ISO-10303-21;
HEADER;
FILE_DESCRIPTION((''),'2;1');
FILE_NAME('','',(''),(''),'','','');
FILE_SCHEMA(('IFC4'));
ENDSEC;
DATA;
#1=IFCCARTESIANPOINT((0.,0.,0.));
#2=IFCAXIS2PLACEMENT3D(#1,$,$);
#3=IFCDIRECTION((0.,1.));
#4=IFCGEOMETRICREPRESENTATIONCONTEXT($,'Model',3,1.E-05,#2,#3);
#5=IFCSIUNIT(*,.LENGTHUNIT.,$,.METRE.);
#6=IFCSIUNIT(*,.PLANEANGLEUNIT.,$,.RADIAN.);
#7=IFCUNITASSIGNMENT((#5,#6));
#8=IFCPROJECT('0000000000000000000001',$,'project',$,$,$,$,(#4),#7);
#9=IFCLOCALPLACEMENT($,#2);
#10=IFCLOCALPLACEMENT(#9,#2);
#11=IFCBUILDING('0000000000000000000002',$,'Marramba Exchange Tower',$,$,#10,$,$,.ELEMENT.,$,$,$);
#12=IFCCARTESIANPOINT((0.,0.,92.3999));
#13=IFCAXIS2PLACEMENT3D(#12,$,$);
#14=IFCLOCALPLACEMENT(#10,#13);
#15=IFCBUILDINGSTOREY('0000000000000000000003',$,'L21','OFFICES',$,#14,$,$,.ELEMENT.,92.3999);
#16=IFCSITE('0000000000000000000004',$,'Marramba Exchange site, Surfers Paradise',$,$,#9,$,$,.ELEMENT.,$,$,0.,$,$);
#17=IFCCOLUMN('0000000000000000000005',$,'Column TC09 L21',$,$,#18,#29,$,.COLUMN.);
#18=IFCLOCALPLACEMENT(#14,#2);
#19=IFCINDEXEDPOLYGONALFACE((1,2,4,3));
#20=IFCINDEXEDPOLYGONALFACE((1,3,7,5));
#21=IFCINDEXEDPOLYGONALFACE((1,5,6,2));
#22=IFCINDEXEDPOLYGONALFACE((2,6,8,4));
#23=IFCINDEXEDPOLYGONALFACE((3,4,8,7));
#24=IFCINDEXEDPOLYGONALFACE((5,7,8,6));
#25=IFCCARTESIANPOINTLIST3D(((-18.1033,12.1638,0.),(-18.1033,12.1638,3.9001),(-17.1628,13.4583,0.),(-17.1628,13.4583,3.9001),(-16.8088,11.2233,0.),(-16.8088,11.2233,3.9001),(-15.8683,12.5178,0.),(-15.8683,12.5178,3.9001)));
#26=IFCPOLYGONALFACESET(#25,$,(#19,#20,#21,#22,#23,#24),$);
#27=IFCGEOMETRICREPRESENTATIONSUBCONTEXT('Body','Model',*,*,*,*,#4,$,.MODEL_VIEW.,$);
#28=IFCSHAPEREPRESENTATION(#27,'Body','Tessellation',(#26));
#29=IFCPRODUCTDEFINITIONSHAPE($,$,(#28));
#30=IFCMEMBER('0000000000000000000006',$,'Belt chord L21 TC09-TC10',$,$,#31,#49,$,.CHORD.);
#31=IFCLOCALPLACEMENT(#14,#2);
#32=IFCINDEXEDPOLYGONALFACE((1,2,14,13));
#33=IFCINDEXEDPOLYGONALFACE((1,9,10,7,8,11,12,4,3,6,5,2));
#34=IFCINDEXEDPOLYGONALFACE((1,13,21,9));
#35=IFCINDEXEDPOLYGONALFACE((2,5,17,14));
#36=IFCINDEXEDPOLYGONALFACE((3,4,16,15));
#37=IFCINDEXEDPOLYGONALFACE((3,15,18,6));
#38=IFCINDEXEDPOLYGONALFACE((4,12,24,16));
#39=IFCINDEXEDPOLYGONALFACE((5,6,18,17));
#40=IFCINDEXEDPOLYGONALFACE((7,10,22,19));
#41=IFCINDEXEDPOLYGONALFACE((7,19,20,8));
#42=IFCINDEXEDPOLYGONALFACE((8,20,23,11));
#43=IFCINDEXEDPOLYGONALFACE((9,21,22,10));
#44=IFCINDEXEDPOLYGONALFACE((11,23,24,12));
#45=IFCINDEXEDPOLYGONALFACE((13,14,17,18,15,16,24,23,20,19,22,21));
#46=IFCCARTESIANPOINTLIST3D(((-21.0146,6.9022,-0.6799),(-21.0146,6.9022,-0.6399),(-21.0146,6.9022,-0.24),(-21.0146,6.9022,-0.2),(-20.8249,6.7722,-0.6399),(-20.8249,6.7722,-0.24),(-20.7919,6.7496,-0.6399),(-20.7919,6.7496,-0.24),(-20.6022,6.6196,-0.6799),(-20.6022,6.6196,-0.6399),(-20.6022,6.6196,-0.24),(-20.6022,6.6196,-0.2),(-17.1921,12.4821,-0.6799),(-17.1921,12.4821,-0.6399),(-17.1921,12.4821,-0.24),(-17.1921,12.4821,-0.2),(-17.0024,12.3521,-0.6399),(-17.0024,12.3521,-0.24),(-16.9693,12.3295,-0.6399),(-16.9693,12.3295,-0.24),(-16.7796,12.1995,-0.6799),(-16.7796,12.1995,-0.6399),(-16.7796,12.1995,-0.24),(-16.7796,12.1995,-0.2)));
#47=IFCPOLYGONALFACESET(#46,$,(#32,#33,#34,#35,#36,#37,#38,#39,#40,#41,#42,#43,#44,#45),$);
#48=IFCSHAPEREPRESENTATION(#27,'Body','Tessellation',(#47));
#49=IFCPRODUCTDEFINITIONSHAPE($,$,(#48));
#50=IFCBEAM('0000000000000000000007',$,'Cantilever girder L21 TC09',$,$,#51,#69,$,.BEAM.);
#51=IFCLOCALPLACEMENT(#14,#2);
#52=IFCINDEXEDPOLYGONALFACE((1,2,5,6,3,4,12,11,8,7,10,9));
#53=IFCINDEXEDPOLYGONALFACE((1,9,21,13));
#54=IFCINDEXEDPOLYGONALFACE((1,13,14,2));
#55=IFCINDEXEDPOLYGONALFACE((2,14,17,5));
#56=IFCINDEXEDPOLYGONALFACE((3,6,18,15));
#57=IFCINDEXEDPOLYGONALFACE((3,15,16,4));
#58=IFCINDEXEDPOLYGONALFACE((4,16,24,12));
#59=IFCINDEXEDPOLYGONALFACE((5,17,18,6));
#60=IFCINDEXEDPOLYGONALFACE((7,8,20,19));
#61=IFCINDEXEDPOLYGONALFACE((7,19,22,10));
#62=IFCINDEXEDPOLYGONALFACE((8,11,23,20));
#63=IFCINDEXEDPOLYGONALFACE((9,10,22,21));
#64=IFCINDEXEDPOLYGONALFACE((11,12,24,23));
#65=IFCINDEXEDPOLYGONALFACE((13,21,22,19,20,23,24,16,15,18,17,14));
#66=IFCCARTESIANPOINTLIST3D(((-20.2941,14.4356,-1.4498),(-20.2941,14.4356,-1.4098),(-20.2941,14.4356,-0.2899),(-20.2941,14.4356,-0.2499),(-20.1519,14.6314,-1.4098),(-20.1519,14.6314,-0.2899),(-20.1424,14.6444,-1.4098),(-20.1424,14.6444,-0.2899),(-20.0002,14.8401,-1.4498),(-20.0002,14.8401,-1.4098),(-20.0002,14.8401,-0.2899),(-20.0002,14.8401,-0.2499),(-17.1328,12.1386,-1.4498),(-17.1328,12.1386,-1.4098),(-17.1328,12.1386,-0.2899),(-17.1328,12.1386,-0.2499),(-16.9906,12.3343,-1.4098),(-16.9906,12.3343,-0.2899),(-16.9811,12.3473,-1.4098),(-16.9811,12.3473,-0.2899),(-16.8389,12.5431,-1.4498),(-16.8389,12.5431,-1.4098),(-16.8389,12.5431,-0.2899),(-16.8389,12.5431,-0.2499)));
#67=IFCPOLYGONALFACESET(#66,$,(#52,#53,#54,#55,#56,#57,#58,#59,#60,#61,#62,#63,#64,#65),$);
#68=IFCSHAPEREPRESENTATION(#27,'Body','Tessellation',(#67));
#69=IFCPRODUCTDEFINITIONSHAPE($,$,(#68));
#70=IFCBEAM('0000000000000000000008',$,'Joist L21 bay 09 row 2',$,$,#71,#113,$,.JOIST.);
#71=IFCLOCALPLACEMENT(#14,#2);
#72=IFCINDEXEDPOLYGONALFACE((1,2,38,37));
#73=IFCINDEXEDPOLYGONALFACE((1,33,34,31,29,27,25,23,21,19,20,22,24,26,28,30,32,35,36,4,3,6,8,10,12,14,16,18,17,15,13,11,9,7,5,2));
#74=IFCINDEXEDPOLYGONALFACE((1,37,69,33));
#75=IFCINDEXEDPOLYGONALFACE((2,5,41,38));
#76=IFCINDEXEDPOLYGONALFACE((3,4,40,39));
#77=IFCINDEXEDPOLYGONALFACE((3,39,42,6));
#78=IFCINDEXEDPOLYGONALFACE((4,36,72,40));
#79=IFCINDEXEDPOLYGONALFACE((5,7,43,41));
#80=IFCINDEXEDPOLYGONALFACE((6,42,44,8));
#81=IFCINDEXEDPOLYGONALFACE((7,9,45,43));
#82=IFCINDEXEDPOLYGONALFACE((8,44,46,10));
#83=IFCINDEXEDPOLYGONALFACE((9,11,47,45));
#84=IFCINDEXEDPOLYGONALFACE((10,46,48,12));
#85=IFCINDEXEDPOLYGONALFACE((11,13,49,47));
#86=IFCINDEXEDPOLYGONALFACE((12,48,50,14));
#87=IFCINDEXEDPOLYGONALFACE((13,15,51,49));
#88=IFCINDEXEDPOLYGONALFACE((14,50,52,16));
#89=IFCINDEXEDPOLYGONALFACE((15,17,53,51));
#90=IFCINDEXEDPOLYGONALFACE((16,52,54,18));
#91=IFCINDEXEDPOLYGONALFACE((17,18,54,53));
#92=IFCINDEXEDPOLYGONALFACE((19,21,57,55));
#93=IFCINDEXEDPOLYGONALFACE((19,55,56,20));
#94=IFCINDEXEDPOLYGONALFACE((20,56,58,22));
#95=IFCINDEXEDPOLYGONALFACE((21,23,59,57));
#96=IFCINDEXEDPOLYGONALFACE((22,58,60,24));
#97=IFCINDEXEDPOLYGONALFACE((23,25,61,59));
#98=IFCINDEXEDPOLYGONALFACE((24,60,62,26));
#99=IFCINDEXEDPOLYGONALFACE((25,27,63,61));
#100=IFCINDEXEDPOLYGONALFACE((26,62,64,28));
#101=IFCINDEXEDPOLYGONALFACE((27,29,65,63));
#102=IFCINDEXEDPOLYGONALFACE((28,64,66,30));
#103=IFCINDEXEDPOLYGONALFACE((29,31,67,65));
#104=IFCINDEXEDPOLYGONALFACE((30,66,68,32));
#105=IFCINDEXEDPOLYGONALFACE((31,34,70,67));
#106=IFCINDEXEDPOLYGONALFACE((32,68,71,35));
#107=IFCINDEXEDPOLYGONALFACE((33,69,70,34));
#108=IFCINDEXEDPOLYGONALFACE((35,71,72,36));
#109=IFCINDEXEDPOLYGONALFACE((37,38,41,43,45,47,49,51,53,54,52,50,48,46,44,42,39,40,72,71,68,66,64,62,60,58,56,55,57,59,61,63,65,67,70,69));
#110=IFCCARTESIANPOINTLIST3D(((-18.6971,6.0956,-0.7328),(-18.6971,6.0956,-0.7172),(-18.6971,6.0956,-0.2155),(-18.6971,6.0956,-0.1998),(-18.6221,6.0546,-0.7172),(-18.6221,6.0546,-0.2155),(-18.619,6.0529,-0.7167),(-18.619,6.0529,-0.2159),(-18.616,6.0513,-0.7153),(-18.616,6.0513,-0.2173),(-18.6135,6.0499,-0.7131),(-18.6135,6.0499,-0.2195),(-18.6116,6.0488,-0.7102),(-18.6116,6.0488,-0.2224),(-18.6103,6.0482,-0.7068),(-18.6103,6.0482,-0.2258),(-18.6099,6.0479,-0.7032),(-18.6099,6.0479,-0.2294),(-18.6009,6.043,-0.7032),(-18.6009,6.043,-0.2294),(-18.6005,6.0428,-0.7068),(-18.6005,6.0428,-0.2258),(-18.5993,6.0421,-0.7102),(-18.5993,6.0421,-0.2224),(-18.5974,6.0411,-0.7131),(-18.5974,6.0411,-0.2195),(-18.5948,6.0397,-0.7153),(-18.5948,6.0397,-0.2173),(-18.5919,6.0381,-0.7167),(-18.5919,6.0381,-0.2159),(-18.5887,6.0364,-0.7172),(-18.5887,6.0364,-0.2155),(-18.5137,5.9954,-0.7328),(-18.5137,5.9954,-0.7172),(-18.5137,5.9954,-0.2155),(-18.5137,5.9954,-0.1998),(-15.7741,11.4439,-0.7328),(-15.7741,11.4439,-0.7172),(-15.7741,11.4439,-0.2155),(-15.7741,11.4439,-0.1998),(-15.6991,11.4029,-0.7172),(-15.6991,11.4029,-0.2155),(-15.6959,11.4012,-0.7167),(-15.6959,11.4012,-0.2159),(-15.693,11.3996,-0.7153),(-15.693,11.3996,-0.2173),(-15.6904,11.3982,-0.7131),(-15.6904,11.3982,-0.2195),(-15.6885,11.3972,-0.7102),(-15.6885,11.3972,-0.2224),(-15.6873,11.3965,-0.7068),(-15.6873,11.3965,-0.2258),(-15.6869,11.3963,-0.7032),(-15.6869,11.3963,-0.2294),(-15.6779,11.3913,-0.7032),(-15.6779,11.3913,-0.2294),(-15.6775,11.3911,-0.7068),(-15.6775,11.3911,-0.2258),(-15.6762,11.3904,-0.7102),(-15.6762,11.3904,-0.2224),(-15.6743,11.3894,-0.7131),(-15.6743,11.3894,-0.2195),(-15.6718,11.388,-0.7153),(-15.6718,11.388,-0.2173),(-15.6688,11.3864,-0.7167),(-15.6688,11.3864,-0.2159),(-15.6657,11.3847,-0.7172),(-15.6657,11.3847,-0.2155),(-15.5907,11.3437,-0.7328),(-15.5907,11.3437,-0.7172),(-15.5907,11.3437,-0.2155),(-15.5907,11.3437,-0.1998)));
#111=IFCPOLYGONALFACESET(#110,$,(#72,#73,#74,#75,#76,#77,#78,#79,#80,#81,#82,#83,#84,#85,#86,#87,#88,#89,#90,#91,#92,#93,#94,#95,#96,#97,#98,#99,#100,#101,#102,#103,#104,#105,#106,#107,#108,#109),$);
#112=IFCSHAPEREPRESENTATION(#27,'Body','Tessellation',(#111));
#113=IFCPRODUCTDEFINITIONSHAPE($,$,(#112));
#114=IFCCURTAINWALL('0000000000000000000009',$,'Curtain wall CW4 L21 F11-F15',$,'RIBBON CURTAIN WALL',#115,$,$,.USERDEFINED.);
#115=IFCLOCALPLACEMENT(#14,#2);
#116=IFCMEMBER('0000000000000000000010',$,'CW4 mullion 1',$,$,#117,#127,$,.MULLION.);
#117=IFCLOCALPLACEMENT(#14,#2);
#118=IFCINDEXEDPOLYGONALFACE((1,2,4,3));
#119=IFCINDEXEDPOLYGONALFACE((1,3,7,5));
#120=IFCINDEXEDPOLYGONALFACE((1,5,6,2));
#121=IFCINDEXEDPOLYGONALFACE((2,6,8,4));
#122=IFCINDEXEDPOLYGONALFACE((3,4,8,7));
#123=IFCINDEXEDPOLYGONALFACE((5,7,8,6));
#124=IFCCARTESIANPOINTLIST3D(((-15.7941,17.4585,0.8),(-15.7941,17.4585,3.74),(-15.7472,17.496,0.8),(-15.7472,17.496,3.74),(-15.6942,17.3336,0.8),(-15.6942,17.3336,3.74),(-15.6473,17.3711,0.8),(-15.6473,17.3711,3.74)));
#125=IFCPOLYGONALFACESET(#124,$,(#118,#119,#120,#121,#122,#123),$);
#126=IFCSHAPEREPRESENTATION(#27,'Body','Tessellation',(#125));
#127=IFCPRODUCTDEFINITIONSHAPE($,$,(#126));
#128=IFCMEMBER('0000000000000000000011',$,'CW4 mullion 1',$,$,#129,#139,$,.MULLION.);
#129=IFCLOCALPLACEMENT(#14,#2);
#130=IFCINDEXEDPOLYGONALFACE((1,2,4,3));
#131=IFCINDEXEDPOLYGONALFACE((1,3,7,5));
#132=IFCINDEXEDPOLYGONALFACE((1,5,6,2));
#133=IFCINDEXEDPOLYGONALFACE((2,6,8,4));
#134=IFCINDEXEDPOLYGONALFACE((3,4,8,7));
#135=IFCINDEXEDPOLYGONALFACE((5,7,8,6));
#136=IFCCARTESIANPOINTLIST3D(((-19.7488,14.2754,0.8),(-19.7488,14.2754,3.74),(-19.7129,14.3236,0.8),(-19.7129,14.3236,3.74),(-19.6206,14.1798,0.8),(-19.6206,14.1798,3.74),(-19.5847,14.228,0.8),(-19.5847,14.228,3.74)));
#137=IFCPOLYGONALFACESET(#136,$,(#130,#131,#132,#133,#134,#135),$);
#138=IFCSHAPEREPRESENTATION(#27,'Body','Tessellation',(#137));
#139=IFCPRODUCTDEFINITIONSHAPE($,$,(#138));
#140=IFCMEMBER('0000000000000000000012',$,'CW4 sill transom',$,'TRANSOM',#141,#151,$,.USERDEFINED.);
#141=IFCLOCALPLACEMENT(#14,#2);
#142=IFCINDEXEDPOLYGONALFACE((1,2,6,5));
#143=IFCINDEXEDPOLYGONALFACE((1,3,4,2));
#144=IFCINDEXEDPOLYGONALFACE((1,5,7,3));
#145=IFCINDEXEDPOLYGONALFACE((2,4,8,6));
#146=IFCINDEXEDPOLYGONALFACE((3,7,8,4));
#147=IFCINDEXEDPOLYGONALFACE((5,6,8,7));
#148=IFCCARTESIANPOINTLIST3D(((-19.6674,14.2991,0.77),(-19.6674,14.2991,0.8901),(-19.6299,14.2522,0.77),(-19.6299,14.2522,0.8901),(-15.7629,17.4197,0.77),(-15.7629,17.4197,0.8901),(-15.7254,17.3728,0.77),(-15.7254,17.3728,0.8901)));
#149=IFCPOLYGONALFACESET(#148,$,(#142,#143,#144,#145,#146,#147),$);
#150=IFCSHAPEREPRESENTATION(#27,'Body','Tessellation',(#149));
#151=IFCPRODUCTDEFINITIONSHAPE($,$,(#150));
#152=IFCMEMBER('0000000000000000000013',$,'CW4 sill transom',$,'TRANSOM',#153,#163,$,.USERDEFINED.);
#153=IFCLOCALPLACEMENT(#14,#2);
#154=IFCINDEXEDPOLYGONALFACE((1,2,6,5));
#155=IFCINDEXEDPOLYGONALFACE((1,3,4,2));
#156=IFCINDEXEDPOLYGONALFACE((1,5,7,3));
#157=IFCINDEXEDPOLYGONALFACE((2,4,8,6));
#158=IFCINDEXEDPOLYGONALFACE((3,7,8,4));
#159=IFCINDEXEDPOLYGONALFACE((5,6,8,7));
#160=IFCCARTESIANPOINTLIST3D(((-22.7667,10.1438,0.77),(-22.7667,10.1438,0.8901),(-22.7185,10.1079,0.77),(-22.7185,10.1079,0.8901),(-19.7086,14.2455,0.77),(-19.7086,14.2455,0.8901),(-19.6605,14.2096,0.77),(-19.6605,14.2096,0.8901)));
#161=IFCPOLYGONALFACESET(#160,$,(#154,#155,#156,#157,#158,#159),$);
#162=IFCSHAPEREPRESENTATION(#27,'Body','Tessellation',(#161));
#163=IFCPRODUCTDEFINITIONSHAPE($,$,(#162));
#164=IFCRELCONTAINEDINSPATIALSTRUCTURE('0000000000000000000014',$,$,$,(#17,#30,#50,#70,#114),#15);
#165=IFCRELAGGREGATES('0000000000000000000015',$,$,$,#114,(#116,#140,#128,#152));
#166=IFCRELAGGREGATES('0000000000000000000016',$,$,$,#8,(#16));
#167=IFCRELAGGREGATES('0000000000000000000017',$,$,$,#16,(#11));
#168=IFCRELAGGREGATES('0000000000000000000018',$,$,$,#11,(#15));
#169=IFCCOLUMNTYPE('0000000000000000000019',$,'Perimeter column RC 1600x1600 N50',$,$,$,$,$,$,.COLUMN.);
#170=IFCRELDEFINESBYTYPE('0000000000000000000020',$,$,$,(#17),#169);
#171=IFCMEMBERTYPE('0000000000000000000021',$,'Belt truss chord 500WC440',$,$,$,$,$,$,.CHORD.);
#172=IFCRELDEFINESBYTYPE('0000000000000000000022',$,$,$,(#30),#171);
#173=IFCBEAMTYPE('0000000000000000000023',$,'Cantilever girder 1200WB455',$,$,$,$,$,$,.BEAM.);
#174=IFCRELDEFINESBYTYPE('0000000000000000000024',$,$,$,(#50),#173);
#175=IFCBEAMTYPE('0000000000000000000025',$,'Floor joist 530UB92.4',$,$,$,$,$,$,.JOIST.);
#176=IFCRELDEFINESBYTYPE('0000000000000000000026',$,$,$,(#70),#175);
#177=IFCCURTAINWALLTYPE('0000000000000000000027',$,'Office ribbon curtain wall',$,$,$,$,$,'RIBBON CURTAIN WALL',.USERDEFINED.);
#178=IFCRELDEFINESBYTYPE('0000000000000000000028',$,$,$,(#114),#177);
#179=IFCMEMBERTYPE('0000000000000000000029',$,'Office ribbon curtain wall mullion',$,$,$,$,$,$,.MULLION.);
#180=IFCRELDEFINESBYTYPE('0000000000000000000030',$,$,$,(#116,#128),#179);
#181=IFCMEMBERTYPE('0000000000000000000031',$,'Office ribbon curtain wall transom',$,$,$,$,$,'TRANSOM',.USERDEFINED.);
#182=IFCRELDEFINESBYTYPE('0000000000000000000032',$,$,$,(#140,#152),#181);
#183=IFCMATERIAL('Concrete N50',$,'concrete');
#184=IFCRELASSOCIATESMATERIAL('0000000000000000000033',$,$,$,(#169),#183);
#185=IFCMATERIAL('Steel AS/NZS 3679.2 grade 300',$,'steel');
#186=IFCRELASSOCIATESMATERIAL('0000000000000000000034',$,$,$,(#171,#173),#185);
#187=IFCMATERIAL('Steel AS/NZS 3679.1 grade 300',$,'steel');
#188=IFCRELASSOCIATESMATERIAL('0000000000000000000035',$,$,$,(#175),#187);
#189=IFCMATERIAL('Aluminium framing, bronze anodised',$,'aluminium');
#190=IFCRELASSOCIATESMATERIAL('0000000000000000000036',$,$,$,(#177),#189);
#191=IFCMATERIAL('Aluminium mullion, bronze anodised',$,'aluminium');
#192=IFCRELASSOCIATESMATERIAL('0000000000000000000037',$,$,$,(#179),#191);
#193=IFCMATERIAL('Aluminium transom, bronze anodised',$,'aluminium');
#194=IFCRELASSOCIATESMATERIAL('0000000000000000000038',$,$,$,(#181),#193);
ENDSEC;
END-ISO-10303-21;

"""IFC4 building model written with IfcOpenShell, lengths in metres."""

from ifc_helpers import new_model, si_unit, direction, frame, origin, origin_2d, place, context, subcontext, project, spatial, rectangle, i_section, extrude, material, material_profile, profile_set, type_object, element, aggregate, save


model = new_model("IFC4")

# Units and contexts
model_context = context("Model", 3, precision=1e-05, world=origin(), true_north=direction((0.0, 1.0)))
body_context = subcontext(model_context, "Body", "Model", "MODEL_VIEW")
ifc_project = project(units=[si_unit("LENGTHUNIT", "METRE"), si_unit("PLANEANGLEUNIT", "RADIAN")], contexts=[model_context])

# Site, building, storey
site_placement = place(None, origin())
site = spatial("IfcSite", under=ifc_project, at=site_placement, Name="Marramba Exchange site, Surfers Paradise", CompositionType="ELEMENT", RefElevation=0.0)
building_placement = place(site_placement, origin())
building = spatial("IfcBuilding", under=site, at=building_placement, Name="Marramba Exchange Tower", CompositionType="ELEMENT")
storey_placement = place(building_placement, frame((0.0, 0.0, 92.3999)))
storey = spatial("IfcBuildingStorey", under=building, at=storey_placement, Name="L21", Description="OFFICES", CompositionType="ELEMENT", Elevation=92.3999)

# Column
ifc_material_1 = material(Name="Concrete N50", Category="concrete")
ifc_material_profile_1 = material_profile(ifc_material_1, rectangle(XDim=1.6001, YDim=1.6001, at=origin_2d()), Name="RC 1600x1600")
ifc_profile_set_1 = profile_set([ifc_material_profile_1], Name="Concrete N50")
column_type = type_object("IfcColumnType", Name="Perimeter column RC 1600x1600 N50", PredefinedType="COLUMN", material=ifc_profile_set_1)
column_placement = place(storey_placement, frame((-16.9858, 12.3408, 0.0), z_axis=(0.0, 0.0, 1.0), x_axis=(-0.809017, 0.587785, 0.0)))
element("IfcColumn", 1, at=column_placement, inside=storey, type_object=column_type, Name="Column TC09 L21", PredefinedType="COLUMN", context=body_context, shape_type="SweptSolid", body=[
    extrude(rectangle(XDim=1.6001, YDim=1.6001, at=origin_2d()), origin(), (0.0, 0.0, 1.0), 3.9001),
])

# Member
ifc_material_2 = material(Name="Steel AS/NZS 3679.2 grade 300", Category="steel")
ifc_material_profile_2 = material_profile(ifc_material_2, i_section(OverallWidth=0.5, OverallDepth=0.48, WebThickness=0.04, FlangeThickness=0.04, at=origin_2d()), Name="500WC440")
ifc_profile_set_2 = profile_set([ifc_material_profile_2], Name="Steel AS/NZS 3679.2 grade 300")
member_type_1 = type_object("IfcMemberType", Name="Belt truss chord 500WC440", PredefinedType="CHORD", material=ifc_profile_set_2)
member_1_placement = place(storey_placement, frame((-16.9858, 12.3408, -0.4399), z_axis=(-0.56516, -0.824981, 0.0), x_axis=(0.824981, -0.56516, 0.0)))
element("IfcMember", 2, at=member_1_placement, inside=storey, type_object=member_type_1, Name="Belt chord L21 TC09-TC10", PredefinedType="CHORD", context=body_context, shape_type="SweptSolid", body=[
    extrude(i_section(OverallWidth=0.5, OverallDepth=0.48, WebThickness=0.04, FlangeThickness=0.04, at=origin_2d()), origin(), (0.0, 0.0, 1.0), 6.7637),
])

# Beams
ifc_material_profile_3 = material_profile(ifc_material_2, i_section(OverallWidth=0.5, OverallDepth=1.2, WebThickness=0.0161, FlangeThickness=0.04, at=origin_2d()), Name="1200WB455")
ifc_profile_set_3 = profile_set([ifc_material_profile_3], Name="Steel AS/NZS 3679.2 grade 300")
beam_type_1 = type_object("IfcBeamType", Name="Cantilever girder 1200WB455", PredefinedType="BEAM", material=ifc_profile_set_3)
beam_1_placement = place(storey_placement, frame((-16.9858, 12.3408, -0.8499), z_axis=(-0.808987, 0.587826, 0.0), x_axis=(-0.587826, -0.808987, 0.0)))
element("IfcBeam", 3, at=beam_1_placement, inside=storey, type_object=beam_type_1, Name="Cantilever girder L21 TC09", PredefinedType="BEAM", context=body_context, shape_type="SweptSolid", body=[
    extrude(i_section(OverallWidth=0.5, OverallDepth=1.2, WebThickness=0.0161, FlangeThickness=0.04, at=origin_2d()), origin(), (0.0, 0.0, 1.0), 3.9077),
])
ifc_material_3 = material(Name="Steel AS/NZS 3679.1 grade 300", Category="steel")
ifc_material_profile_4 = material_profile(ifc_material_3, i_section(OverallWidth=0.209, OverallDepth=0.533, WebThickness=0.0103, FlangeThickness=0.0156, FilletRadius=0.0139, at=origin_2d()), Name="530UB92.4")
ifc_profile_set_4 = profile_set([ifc_material_profile_4], Name="Steel AS/NZS 3679.1 grade 300")
beam_type_2 = type_object("IfcBeamType", Name="Floor joist 530UB92.4", PredefinedType="JOIST", material=ifc_profile_set_4)
beam_2_placement = place(storey_placement, frame((-15.6824, 11.3938, -0.4663), z_axis=(-0.479584, -0.877496, 0.0), x_axis=(0.877496, -0.479584, 0.0)))
element("IfcBeam", 4, at=beam_2_placement, inside=storey, type_object=beam_type_2, Name="Joist L21 bay 09 row 2", PredefinedType="JOIST", context=body_context, shape_type="SweptSolid", body=[
    extrude(i_section(OverallWidth=0.209, OverallDepth=0.533, WebThickness=0.0103, FlangeThickness=0.0156, FilletRadius=0.0139, at=origin_2d()), origin(), (0.0, 0.0, 1.0), 6.095),
])

# Curtain wall, members
ifc_material_4 = material(Name="Aluminium framing, bronze anodised", Category="aluminium")
curtain_wall_type = type_object("IfcCurtainWallType", Name="Office ribbon curtain wall", ElementType="RIBBON CURTAIN WALL", PredefinedType="USERDEFINED", material=ifc_material_4)
curtain_wall_placement = place(storey_placement, origin())
curtain_wall = element("IfcCurtainWall", 5, at=curtain_wall_placement, inside=storey, type_object=curtain_wall_type, Name="Curtain wall CW4 L21 F11-F15", ObjectType="RIBBON CURTAIN WALL", PredefinedType="USERDEFINED")
ifc_material_5 = material(Name="Aluminium mullion, bronze anodised", Category="aluminium")
ifc_material_profile_5 = material_profile(ifc_material_5, rectangle(XDim=0.1599, YDim=0.0601, at=origin_2d()), Name="CW4 mullion 60x160")
ifc_profile_set_5 = profile_set([ifc_material_profile_5], Name="Aluminium mullion, bronze anodised")
member_type_2 = type_object("IfcMemberType", Name="Office ribbon curtain wall mullion", PredefinedType="MULLION", material=ifc_profile_set_5)
member_2_placement = place(storey_placement, frame((-15.7207, 17.4148, 0.8), z_axis=(0.0, 0.0, 1.0), x_axis=(0.624308, -0.781178, 0.0)))
member_2 = element("IfcMember", 6, at=member_2_placement, type_object=member_type_2, Name="CW4 mullion 1", PredefinedType="MULLION", context=body_context, shape_type="SweptSolid", body=[
    extrude(rectangle(XDim=0.1599, YDim=0.0601, at=origin_2d()), origin(), (0.0, 0.0, 1.0), 2.9399),
])
member_3_placement = place(storey_placement, frame((-19.6667, 14.2517, 0.8), z_axis=(0.0, 0.0, 1.0), x_axis=(0.801717, -0.597704, 0.0)))
member_3 = element("IfcMember", 7, at=member_3_placement, type_object=member_type_2, Name="CW4 mullion 1", PredefinedType="MULLION", context=body_context, shape_type="SweptSolid", body=[
    extrude(rectangle(XDim=0.1599, YDim=0.0601, at=origin_2d()), origin(), (0.0, 0.0, 1.0), 2.9399),
])
ifc_material_6 = material(Name="Aluminium transom, bronze anodised", Category="aluminium")
ifc_material_profile_6 = material_profile(ifc_material_6, rectangle(XDim=0.0601, YDim=0.1201, at=origin_2d()), Name="CW4 transom 60x120")
ifc_profile_set_6 = profile_set([ifc_material_profile_6], Name="Aluminium transom, bronze anodised")
member_type_3 = type_object("IfcMemberType", Name="Office ribbon curtain wall transom", ElementType="TRANSOM", PredefinedType="USERDEFINED", material=ifc_profile_set_6)
member_4_placement = place(storey_placement, frame((-15.7441, 17.3962, 0.8301), z_axis=(-0.781164, -0.624326, 0.0), x_axis=(0.624326, -0.781164, 0.0)))
member_4 = element("IfcMember", 8, at=member_4_placement, type_object=member_type_3, Name="CW4 sill transom", ObjectType="TRANSOM", PredefinedType="USERDEFINED", context=body_context, shape_type="SweptSolid", body=[
    extrude(rectangle(XDim=0.0601, YDim=0.1201, at=origin_2d()), origin(), (0.0, 0.0, 1.0), 4.9983),
])
member_5_placement = place(storey_placement, frame((-19.6846, 14.2275, 0.8301), z_axis=(-0.597715, -0.801709, 0.0), x_axis=(0.801709, -0.597715, 0.0)))
member_5 = element("IfcMember", 9, at=member_5_placement, type_object=member_type_3, Name="CW4 sill transom", ObjectType="TRANSOM", PredefinedType="USERDEFINED", context=body_context, shape_type="SweptSolid", body=[
    extrude(rectangle(XDim=0.0601, YDim=0.1201, at=origin_2d()), origin(), (0.0, 0.0, 1.0), 5.1162),
])

aggregate(curtain_wall, [member_2, member_4, member_3, member_5])

save(model, "model.ifc")
